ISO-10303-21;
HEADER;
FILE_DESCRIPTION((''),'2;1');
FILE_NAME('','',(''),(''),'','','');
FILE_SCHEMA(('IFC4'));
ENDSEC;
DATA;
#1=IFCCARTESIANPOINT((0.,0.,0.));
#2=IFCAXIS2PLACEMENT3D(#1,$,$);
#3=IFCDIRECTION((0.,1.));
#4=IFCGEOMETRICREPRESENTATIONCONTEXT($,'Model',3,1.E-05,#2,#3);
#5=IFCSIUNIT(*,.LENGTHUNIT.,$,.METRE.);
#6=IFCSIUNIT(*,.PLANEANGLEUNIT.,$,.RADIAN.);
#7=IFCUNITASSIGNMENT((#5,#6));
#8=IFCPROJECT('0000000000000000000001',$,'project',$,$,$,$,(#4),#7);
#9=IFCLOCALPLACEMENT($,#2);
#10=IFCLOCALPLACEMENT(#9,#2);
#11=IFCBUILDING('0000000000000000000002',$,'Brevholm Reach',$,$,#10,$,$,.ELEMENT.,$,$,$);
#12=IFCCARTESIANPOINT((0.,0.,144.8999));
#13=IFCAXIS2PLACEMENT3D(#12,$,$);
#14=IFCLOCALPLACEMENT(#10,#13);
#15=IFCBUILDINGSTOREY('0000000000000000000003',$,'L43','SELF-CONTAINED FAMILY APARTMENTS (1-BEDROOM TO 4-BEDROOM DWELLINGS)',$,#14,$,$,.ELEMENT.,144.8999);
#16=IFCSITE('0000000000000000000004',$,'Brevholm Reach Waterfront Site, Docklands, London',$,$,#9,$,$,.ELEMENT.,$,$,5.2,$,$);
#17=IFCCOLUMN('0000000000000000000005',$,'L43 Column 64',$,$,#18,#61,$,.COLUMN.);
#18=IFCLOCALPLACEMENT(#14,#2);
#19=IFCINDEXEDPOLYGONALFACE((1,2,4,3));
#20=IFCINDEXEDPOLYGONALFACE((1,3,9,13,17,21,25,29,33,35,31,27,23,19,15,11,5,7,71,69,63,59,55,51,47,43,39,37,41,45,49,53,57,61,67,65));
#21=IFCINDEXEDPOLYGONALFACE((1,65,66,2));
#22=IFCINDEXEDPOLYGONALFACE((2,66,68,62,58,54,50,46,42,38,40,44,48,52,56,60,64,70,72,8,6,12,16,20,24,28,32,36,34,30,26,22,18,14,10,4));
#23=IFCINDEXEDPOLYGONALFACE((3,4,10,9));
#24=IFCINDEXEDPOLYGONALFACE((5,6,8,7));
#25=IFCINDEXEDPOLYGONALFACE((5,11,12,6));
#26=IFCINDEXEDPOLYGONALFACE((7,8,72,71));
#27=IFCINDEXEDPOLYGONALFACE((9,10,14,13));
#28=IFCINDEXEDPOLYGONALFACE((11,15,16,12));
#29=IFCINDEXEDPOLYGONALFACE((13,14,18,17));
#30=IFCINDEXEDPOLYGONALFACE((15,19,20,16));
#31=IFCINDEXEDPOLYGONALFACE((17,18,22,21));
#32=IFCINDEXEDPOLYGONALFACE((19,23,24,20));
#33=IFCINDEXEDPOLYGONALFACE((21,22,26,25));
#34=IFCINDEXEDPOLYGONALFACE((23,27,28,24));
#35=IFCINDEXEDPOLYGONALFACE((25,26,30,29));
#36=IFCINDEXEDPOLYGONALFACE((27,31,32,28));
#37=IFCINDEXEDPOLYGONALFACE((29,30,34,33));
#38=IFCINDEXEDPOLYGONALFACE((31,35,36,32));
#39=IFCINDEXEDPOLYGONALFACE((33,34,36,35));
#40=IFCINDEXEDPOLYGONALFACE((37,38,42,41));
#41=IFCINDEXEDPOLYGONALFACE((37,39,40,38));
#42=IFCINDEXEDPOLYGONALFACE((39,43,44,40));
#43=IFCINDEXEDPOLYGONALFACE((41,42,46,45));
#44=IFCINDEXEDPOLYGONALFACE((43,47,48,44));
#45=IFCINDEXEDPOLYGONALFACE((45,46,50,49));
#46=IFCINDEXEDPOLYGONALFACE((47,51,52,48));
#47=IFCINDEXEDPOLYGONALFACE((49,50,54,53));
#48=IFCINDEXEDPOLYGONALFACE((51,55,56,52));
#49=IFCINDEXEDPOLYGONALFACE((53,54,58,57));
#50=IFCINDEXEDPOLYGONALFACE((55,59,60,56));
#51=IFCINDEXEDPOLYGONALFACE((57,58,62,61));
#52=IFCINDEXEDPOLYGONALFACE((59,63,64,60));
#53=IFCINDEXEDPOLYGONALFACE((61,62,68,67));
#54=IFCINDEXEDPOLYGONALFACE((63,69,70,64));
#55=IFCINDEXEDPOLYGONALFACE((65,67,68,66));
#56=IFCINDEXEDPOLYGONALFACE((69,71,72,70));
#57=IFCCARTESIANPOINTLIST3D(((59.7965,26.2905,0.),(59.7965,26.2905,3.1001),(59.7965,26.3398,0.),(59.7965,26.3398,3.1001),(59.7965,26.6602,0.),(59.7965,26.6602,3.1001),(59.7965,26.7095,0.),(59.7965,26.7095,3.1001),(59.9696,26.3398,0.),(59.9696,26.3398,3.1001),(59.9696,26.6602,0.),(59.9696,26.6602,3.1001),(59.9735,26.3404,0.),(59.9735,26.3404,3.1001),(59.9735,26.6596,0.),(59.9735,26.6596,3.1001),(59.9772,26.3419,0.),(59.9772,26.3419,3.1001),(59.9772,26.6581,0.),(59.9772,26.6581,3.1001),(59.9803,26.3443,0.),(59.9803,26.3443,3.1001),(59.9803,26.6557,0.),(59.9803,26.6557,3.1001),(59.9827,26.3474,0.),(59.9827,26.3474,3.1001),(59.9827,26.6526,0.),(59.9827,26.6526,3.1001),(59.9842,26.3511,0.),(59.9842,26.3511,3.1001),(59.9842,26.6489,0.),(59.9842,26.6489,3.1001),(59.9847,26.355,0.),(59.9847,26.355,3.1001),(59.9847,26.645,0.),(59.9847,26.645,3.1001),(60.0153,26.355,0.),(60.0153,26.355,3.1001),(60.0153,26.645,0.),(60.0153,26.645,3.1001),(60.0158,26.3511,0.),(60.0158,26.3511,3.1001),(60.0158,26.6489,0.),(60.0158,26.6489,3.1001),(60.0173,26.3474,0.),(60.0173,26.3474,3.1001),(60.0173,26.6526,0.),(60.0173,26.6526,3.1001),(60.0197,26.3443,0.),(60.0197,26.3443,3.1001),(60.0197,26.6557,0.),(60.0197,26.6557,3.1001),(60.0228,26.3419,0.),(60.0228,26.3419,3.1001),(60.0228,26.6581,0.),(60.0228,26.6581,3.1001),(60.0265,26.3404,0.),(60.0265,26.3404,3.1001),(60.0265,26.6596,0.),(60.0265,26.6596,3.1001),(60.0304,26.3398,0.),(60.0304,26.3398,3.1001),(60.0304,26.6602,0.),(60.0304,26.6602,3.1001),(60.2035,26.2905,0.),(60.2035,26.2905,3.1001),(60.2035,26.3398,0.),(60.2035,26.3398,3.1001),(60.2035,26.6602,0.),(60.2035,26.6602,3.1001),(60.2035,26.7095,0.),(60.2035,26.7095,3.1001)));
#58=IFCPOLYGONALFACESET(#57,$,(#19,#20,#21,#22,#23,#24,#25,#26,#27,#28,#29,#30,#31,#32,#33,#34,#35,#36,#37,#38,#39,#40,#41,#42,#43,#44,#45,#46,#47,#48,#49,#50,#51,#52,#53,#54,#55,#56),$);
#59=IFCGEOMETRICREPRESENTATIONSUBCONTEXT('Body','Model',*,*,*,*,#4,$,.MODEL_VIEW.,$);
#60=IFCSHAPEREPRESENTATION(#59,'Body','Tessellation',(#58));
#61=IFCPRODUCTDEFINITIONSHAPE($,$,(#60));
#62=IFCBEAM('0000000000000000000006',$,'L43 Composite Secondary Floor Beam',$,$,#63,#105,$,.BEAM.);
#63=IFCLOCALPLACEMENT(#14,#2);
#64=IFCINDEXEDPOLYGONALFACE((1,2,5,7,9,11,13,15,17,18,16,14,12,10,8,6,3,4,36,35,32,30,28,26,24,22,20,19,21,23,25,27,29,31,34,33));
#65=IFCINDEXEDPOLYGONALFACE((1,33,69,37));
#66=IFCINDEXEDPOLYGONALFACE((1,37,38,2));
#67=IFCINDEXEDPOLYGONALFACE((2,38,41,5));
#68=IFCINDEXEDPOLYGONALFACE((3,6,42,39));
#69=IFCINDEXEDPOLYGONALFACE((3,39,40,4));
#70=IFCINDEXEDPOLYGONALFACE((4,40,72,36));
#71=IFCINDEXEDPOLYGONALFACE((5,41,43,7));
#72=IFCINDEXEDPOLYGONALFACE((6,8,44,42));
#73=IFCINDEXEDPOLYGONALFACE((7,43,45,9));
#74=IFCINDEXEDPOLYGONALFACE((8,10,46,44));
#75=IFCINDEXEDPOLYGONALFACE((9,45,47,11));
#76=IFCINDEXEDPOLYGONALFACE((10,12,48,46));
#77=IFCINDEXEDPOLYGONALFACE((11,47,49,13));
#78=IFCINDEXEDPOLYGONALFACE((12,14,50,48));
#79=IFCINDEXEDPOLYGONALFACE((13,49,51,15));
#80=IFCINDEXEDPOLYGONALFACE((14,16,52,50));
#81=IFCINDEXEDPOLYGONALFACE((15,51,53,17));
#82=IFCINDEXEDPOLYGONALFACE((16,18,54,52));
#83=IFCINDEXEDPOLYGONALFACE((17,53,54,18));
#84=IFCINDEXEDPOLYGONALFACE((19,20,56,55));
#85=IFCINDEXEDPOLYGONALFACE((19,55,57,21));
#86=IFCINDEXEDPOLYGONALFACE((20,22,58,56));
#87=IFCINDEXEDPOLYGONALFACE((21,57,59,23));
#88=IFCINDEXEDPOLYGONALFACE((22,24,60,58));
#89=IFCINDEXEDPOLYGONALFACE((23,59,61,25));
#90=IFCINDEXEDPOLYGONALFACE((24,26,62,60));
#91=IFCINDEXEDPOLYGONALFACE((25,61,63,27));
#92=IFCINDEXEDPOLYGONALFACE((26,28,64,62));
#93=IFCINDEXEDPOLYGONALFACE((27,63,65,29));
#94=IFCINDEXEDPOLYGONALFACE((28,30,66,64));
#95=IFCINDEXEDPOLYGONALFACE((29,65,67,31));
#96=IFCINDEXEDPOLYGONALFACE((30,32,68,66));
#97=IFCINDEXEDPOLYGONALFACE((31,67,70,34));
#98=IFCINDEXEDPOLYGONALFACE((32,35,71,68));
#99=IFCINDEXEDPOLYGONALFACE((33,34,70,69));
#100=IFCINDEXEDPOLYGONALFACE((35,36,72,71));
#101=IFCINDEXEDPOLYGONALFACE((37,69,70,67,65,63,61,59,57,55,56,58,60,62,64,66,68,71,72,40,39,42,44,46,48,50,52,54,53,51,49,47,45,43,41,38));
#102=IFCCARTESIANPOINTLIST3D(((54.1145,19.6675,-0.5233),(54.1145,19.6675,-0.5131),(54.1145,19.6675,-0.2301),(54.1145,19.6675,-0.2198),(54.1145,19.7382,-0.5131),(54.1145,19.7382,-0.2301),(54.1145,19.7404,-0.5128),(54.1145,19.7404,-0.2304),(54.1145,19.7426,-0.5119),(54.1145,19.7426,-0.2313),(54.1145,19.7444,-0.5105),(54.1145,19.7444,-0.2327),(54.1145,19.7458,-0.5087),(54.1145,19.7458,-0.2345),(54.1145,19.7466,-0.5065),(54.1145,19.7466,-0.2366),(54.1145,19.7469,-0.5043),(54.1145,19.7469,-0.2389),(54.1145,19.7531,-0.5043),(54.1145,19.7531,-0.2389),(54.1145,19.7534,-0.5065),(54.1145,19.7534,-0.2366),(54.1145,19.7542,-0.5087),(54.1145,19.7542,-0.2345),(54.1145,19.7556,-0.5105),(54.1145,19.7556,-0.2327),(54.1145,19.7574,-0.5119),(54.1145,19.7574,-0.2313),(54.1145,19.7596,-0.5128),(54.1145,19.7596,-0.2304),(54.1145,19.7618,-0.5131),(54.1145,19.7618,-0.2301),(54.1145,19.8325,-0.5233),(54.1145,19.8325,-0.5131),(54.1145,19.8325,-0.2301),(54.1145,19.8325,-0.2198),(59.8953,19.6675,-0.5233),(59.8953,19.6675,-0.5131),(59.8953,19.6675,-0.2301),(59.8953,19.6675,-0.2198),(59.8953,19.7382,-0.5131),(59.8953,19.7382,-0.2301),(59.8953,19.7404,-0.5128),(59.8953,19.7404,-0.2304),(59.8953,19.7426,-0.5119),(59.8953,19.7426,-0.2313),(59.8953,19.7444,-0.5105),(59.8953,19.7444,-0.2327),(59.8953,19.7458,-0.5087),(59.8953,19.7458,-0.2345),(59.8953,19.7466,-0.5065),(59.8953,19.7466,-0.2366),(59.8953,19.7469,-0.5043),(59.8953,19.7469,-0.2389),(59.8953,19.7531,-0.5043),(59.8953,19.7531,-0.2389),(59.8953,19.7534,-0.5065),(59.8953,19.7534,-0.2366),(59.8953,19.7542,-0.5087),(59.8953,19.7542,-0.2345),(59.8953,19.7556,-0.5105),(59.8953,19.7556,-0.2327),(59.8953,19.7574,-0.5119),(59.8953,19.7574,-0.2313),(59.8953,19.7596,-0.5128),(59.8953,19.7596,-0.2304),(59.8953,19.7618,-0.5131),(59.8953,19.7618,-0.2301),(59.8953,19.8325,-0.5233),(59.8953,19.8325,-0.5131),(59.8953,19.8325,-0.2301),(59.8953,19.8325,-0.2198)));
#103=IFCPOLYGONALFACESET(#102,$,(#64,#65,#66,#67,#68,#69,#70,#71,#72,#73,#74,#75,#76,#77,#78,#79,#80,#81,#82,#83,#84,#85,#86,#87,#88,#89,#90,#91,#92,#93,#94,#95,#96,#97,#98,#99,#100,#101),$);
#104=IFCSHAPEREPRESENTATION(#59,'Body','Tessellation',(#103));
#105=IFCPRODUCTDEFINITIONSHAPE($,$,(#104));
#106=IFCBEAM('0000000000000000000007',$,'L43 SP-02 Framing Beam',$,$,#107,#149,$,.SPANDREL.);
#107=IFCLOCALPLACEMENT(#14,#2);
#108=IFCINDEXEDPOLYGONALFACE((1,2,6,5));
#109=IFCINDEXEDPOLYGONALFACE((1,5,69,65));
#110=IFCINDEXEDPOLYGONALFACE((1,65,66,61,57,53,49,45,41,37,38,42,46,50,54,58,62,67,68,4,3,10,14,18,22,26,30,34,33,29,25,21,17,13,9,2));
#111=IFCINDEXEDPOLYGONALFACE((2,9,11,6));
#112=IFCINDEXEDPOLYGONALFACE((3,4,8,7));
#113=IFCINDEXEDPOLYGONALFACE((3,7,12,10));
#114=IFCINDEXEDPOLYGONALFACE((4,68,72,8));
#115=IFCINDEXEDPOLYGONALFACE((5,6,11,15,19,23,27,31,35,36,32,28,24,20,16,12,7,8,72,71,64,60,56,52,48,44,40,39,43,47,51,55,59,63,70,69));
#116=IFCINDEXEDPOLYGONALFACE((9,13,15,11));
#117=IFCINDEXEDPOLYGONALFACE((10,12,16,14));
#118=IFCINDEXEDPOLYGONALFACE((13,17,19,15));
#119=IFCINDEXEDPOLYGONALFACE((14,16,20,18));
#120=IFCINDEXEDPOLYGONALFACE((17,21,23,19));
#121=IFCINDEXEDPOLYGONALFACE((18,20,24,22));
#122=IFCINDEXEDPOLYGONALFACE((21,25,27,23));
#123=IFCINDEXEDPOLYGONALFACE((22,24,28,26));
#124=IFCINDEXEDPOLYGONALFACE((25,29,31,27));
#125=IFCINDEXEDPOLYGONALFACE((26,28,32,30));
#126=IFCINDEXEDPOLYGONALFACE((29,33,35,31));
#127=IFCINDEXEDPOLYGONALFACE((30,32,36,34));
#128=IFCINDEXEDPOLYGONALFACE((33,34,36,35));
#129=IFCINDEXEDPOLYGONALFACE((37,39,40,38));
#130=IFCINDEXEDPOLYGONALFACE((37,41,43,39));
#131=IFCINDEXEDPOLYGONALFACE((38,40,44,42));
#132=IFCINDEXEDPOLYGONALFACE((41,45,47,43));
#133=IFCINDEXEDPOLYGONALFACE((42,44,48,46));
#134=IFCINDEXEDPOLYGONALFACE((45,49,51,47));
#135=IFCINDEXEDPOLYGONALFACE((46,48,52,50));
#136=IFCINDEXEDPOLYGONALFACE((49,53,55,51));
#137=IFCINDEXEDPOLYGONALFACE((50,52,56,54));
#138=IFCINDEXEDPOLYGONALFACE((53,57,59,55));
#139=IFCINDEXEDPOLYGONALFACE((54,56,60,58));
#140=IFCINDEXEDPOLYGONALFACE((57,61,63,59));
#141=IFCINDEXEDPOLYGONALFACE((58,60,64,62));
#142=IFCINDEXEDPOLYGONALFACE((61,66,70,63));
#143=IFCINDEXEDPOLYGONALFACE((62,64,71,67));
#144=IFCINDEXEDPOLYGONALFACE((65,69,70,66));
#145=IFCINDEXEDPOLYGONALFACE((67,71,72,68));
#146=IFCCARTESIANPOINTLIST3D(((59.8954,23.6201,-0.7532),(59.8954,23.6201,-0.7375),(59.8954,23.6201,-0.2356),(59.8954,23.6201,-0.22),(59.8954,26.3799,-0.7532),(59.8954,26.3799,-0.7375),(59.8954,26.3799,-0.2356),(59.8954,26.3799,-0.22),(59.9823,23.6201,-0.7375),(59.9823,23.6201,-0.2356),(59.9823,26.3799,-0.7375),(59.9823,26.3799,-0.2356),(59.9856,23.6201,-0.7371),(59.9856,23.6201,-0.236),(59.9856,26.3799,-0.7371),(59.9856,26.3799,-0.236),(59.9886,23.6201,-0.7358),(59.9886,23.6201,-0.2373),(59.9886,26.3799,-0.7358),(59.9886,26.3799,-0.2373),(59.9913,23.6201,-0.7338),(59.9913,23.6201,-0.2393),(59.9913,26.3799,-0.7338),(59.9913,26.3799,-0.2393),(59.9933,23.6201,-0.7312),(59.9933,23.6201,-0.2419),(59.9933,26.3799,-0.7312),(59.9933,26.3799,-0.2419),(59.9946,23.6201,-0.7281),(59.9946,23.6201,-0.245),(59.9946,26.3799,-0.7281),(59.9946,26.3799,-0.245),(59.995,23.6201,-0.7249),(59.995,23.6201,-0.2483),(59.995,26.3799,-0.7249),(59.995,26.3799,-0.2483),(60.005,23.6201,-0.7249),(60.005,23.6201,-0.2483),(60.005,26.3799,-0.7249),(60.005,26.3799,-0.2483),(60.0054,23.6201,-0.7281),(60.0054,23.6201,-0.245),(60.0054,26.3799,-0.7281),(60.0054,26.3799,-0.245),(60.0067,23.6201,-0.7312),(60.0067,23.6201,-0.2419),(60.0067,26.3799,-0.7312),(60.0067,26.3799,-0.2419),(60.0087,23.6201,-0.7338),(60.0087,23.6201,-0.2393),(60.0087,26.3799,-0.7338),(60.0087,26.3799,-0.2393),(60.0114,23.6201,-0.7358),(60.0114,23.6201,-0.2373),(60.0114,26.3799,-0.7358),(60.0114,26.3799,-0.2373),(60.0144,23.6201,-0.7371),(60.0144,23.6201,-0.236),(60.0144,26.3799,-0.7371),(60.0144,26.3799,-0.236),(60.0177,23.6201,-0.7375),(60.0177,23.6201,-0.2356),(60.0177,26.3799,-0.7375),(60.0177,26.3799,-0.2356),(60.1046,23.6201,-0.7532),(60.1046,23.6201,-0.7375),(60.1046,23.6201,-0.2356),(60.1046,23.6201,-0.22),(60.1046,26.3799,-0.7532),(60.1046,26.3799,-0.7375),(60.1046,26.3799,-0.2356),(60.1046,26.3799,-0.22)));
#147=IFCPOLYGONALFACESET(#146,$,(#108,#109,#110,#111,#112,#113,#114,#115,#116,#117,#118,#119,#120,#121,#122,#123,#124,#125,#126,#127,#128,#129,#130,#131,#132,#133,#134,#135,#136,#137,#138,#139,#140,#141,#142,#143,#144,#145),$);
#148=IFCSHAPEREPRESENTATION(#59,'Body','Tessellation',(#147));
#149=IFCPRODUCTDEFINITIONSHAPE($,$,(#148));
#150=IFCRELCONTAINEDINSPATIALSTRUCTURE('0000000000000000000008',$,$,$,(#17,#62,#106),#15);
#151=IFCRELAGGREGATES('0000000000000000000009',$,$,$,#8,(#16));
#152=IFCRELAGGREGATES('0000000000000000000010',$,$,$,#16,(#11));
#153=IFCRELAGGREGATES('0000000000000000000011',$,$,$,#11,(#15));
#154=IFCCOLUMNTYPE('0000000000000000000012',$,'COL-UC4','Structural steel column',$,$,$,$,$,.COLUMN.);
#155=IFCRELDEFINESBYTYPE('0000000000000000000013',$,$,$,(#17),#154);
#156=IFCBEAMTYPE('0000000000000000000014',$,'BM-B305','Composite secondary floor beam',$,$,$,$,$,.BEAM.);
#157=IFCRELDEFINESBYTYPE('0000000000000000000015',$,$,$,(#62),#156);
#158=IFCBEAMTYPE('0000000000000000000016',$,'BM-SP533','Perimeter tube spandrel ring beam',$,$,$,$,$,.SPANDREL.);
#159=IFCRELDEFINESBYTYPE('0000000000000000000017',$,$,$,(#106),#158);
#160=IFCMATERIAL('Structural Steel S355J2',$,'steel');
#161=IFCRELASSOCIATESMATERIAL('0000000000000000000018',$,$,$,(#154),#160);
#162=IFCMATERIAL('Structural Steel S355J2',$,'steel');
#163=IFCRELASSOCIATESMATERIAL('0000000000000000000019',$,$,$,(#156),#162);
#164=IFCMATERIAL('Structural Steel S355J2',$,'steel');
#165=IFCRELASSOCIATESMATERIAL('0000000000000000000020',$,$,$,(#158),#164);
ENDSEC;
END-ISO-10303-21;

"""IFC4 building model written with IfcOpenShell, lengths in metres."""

from ifc_helpers import new_model, si_unit, direction, frame, origin, origin_2d, place, context, subcontext, project, spatial, i_section, extrude, material, material_profile, profile_set, type_object, element, save


model = new_model("IFC4")

# Units and contexts
model_context = context("Model", 3, precision=1e-05, world=origin(), true_north=direction((0.0, 1.0)))
body_context = subcontext(model_context, "Body", "Model", "MODEL_VIEW")
ifc_project = project(units=[si_unit("LENGTHUNIT", "METRE"), si_unit("PLANEANGLEUNIT", "RADIAN")], contexts=[model_context])

# Site, building, storey
site_placement = place(None, origin())
site = spatial("IfcSite", under=ifc_project, at=site_placement, Name="Brevholm Reach Waterfront Site, Docklands, London", CompositionType="ELEMENT", RefElevation=5.2)
building_placement = place(site_placement, origin())
building = spatial("IfcBuilding", under=site, at=building_placement, Name="Brevholm Reach", CompositionType="ELEMENT")
storey_placement = place(building_placement, frame((0.0, 0.0, 144.8999)))
storey = spatial("IfcBuildingStorey", under=building, at=storey_placement, Name="L43", Description="SELF-CONTAINED FAMILY APARTMENTS (1-BEDROOM TO 4-BEDROOM DWELLINGS)", CompositionType="ELEMENT", Elevation=144.8999)

# Column
ifc_material_1 = material(Name="Structural Steel S355J2", Category="steel")
ifc_material_profile_1 = material_profile(ifc_material_1, i_section(OverallWidth=0.407, OverallDepth=0.4189, WebThickness=0.0305, FlangeThickness=0.0493, FilletRadius=0.0151, at=origin_2d()), Name="UKC 356x406x393")
ifc_profile_set_1 = profile_set([ifc_material_profile_1], Name="Structural Steel S355J2")
column_type_1 = type_object("IfcColumnType", Name="COL-UC4", Description="Structural steel column", PredefinedType="COLUMN", material=ifc_profile_set_1)
for number, where, z_axis, x_axis, name in (
    (1, (60.0, 26.5, 0.0), (0.0, 0.0, 1.0), (1.0, 0.0, 0.0), "L43 Column 64"),
):
    element("IfcColumn", number, at=place(storey_placement, frame(where, z_axis=z_axis, x_axis=x_axis)), inside=storey, type_object=column_type_1, Name=name, PredefinedType="COLUMN", context=body_context, shape_type="SweptSolid", body=[
        extrude(i_section(OverallWidth=0.407, OverallDepth=0.4189, WebThickness=0.0305, FlangeThickness=0.0493, FilletRadius=0.0151, at=origin_2d()), origin(), (0.0, 0.0, 1.0), 3.1001),
    ])

# Beams
ifc_material_2 = material(Name="Structural Steel S355J2", Category="steel")
ifc_material_profile_2 = material_profile(ifc_material_2, i_section(OverallWidth=0.165, OverallDepth=0.3035, WebThickness=0.0061, FlangeThickness=0.0103, FilletRadius=0.0088, at=origin_2d()), Name="UKB 305x165x40")
ifc_profile_set_2 = profile_set([ifc_material_profile_2], Name="Structural Steel S355J2")
beam_type_1 = type_object("IfcBeamType", Name="BM-B305", Description="Composite secondary floor beam", PredefinedType="BEAM", material=ifc_profile_set_2)
beam_1_placement = place(storey_placement, frame((54.1145, 19.75, -0.3716), z_axis=(1.0, 0.0, 0.0), x_axis=(0.0, 1.0, 0.0)))
element("IfcBeam", 2, at=beam_1_placement, inside=storey, type_object=beam_type_1, Name="L43 Composite Secondary Floor Beam", PredefinedType="BEAM", context=body_context, shape_type="SweptSolid", body=[
    extrude(i_section(OverallWidth=0.165, OverallDepth=0.3035, WebThickness=0.0061, FlangeThickness=0.0103, FilletRadius=0.0088, at=origin_2d()), origin(), (0.0, 0.0, 1.0), 5.7808),
])
ifc_material_3 = material(Name="Structural Steel S355J2", Category="steel")
ifc_material_profile_3 = material_profile(ifc_material_3, i_section(OverallWidth=0.2092, OverallDepth=0.5332, WebThickness=0.01, FlangeThickness=0.0156, FilletRadius=0.0127, at=origin_2d()), Name="UKB 533x210x92")
ifc_profile_set_3 = profile_set([ifc_material_profile_3], Name="Structural Steel S355J2")
beam_type_2 = type_object("IfcBeamType", Name="BM-SP533", Description="Perimeter tube spandrel ring beam", PredefinedType="SPANDREL", material=ifc_profile_set_3)
beam_2_placement = place(storey_placement, frame((60.0, 23.6201, -0.4866), z_axis=(0.0, 1.0, 0.0), x_axis=(-1.0, 0.0, 0.0)))
element("IfcBeam", 3, at=beam_2_placement, inside=storey, type_object=beam_type_2, Name="L43 SP-02 Framing Beam", PredefinedType="SPANDREL", context=body_context, shape_type="SweptSolid", body=[
    extrude(i_section(OverallWidth=0.2092, OverallDepth=0.5332, WebThickness=0.01, FlangeThickness=0.0156, FilletRadius=0.0127, at=origin_2d()), origin(), (0.0, 0.0, 1.0), 2.7598),
])

save(model, "model.ifc")
